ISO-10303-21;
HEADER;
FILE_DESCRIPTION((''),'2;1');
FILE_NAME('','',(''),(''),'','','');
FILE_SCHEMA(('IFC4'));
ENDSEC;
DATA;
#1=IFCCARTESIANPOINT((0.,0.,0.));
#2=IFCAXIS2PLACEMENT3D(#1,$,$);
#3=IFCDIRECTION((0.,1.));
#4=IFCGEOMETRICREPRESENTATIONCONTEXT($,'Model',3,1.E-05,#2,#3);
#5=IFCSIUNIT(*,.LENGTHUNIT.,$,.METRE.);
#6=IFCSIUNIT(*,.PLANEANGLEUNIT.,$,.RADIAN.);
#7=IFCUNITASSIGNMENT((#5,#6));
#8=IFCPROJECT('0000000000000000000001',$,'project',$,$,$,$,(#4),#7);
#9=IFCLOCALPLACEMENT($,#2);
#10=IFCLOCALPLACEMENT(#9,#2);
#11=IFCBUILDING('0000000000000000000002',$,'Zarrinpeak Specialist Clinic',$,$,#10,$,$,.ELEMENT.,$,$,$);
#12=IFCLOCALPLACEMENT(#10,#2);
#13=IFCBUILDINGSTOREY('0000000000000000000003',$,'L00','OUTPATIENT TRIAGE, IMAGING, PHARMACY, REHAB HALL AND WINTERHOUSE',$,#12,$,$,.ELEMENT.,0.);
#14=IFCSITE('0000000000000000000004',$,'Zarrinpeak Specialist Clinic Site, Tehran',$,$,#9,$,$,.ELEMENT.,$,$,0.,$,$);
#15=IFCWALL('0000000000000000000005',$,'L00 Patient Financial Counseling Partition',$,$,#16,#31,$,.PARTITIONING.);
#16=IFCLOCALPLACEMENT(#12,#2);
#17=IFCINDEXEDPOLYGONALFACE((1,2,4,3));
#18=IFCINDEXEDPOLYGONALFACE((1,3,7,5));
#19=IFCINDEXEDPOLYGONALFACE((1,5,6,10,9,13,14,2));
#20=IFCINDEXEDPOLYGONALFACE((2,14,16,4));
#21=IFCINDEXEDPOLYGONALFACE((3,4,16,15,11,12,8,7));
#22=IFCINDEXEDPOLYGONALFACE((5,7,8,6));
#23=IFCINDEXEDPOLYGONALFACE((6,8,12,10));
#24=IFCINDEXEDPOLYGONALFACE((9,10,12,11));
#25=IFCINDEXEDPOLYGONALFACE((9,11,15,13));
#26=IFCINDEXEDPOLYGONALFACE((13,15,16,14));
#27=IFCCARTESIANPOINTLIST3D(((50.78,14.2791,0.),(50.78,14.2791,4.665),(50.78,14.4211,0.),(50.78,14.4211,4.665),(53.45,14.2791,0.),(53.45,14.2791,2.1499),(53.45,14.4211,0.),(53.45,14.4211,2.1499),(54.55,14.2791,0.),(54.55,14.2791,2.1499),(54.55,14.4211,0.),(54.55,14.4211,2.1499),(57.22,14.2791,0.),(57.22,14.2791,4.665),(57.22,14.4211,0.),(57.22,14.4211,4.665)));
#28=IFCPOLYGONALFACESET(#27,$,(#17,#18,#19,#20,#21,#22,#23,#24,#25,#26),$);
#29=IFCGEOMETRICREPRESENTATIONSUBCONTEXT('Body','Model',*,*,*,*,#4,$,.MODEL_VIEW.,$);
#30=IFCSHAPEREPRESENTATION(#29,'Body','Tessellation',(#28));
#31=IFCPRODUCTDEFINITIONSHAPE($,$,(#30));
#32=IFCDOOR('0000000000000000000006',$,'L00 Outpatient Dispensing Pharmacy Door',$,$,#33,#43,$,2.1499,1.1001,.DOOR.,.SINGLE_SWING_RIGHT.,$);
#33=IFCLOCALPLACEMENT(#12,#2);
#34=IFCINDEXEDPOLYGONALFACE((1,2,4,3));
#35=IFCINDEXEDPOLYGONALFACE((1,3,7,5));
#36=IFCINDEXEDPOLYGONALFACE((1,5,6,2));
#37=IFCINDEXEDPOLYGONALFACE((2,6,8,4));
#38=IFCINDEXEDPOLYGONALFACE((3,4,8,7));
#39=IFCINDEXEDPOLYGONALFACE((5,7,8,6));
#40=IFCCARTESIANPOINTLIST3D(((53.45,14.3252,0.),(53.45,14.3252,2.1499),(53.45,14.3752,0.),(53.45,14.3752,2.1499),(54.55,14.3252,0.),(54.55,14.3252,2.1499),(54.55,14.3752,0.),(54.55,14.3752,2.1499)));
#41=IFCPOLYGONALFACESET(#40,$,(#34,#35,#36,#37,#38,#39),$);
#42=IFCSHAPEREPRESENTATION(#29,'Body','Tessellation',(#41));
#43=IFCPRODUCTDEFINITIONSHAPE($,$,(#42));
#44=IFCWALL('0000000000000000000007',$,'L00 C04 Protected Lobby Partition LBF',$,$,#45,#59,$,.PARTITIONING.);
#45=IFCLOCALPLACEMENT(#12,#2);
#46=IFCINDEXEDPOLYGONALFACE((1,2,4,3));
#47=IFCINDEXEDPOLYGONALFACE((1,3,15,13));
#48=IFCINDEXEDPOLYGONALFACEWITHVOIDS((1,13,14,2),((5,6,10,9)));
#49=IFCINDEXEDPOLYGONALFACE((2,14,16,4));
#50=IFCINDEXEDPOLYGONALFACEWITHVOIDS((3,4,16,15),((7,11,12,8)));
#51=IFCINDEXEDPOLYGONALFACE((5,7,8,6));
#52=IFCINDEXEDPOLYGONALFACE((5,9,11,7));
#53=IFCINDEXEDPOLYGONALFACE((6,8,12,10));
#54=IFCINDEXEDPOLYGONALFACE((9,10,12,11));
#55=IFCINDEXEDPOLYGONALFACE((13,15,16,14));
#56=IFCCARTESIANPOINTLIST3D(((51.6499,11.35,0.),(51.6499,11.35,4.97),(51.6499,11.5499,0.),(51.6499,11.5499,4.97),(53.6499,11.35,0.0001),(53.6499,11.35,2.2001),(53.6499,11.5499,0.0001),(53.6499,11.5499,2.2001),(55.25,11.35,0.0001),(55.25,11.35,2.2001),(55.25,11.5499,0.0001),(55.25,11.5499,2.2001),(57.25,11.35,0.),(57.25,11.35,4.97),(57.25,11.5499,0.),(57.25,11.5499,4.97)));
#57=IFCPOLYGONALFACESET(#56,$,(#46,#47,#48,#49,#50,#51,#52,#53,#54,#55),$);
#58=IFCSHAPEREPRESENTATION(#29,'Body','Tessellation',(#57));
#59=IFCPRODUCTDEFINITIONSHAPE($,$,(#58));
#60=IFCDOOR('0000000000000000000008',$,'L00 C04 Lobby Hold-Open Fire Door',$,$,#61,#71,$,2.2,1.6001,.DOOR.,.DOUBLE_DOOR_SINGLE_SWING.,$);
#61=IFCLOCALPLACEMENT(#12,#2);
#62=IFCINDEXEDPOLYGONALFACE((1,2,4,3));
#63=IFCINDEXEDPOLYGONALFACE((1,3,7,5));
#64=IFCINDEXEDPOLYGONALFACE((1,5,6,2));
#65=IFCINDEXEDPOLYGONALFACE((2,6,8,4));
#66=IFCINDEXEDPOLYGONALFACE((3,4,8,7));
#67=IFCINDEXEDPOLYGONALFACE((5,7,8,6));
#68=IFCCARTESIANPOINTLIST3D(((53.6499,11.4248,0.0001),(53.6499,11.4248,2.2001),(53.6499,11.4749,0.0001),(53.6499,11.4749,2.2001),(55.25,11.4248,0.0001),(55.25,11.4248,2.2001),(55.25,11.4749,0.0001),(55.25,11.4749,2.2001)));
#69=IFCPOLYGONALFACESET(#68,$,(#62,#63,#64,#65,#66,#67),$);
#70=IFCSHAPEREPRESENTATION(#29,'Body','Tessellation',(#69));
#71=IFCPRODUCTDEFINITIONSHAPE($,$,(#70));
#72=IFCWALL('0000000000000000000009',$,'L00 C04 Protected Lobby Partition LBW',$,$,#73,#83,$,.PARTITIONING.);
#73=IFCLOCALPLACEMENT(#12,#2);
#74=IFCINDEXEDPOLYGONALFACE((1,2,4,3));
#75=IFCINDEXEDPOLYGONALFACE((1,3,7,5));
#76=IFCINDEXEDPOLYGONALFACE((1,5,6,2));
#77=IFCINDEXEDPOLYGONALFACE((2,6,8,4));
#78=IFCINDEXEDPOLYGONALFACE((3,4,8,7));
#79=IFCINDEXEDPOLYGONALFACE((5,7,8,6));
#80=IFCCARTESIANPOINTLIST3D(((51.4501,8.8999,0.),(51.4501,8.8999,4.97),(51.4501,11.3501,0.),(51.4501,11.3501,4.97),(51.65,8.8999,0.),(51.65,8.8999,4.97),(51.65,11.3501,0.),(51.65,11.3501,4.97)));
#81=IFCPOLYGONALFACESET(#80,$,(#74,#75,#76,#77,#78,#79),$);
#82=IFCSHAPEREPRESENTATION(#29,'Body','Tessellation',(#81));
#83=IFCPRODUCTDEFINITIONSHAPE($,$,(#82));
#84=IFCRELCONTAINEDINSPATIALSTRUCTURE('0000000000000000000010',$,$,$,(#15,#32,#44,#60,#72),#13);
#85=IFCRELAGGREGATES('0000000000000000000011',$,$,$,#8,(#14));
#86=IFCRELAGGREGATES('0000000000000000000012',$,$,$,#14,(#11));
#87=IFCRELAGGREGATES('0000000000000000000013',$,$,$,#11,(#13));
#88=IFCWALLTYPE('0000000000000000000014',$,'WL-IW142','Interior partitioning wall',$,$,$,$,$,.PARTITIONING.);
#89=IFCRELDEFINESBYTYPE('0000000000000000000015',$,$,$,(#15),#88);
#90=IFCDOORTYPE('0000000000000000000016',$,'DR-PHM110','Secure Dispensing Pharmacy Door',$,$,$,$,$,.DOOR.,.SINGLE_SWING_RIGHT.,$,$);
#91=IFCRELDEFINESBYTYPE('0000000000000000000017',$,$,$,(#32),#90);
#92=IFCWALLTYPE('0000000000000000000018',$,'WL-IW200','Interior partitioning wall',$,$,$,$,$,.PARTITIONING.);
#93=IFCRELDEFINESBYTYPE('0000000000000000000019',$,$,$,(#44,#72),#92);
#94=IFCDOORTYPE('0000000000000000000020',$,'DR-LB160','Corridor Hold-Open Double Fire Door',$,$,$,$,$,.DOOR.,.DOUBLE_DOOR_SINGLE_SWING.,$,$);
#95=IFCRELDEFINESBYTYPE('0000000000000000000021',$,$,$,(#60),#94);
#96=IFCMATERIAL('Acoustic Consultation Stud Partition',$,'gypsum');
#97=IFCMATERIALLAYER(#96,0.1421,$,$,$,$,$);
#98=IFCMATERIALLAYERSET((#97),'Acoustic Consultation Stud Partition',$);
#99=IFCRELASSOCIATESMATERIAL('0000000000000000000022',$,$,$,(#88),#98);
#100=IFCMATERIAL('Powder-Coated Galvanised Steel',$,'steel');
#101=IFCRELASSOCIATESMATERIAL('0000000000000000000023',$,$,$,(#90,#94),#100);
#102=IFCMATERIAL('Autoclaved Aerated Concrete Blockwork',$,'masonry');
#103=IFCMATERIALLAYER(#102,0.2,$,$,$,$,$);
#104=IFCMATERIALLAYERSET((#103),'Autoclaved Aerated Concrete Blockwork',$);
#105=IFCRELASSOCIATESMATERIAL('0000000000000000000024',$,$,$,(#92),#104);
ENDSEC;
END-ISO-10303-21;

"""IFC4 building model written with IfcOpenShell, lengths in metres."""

from ifc_helpers import new_model, si_unit, direction, frame, frame_2d, origin, place, context, subcontext, project, spatial, rectangle, extrude, material, layer, layer_set, type_object, element, fill, save


model = new_model("IFC4")

# Units and contexts
model_context = context("Model", 3, precision=1e-05, world=origin(), true_north=direction((0.0, 1.0)))
body_context = subcontext(model_context, "Body", "Model", "MODEL_VIEW")
ifc_project = project(units=[si_unit("LENGTHUNIT", "METRE"), si_unit("PLANEANGLEUNIT", "RADIAN")], contexts=[model_context])

# Site, building, storey
site_placement = place(None, origin())
site = spatial("IfcSite", under=ifc_project, at=site_placement, Name="Zarrinpeak Specialist Clinic Site, Tehran", CompositionType="ELEMENT", RefElevation=0.0)
building_placement = place(site_placement, origin())
building = spatial("IfcBuilding", under=site, at=building_placement, Name="Zarrinpeak Specialist Clinic", CompositionType="ELEMENT")
storey_placement = place(building_placement, origin())
storey = spatial("IfcBuildingStorey", under=building, at=storey_placement, Name="L00", Description="OUTPATIENT TRIAGE, IMAGING, PHARMACY, REHAB HALL AND WINTERHOUSE", CompositionType="ELEMENT", Elevation=0.0)

# Walls, openings, doors
ifc_material_1 = material(Name="Acoustic Consultation Stud Partition", Category="gypsum")
ifc_layer_1 = layer(ifc_material_1, 0.1421)
ifc_layer_set_1 = layer_set([ifc_layer_1], Name="Acoustic Consultation Stud Partition")
wall_type_1 = type_object("IfcWallType", Name="WL-IW142", Description="Interior partitioning wall", PredefinedType="PARTITIONING", material=ifc_layer_set_1)
wall_1_placement = place(storey_placement, frame((50.78, 14.3501, 0.0), z_axis=(0.0, 0.0, 1.0), x_axis=(1.0, 0.0, 0.0)))
wall_1 = element("IfcWall", 1, at=wall_1_placement, inside=storey, type_object=wall_type_1, Name="L00 Patient Financial Counseling Partition", PredefinedType="PARTITIONING", context=body_context, shape_type="SweptSolid", body=[
    extrude(rectangle(XDim=6.4399, YDim=0.1421, at=frame_2d((3.22, 0.0))), origin(), (0.0, 0.0, 1.0), 4.665),
])
opening_1_placement = place(wall_1_placement, frame((2.6699, 0.0, 0.0)))
opening_1 = element("IfcOpeningElement", 2, at=opening_1_placement, cuts=wall_1, PredefinedType="OPENING", context=body_context, shape_type="SweptSolid", body=[
    extrude(rectangle(XDim=1.1001, YDim=2.1499, at=frame_2d((0.55, 1.075))), frame((0.0, 0.0811, 0.0), z_axis=(0.0, -1.0, 0.0), x_axis=(1.0, 0.0, 0.0)), (0.0, 0.0, 1.0), 0.1621),
])
ifc_material_2 = material(Name="Powder-Coated Galvanised Steel", Category="steel")
door_type_1 = type_object("IfcDoorType", Name="DR-PHM110", Description="Secure Dispensing Pharmacy Door", OperationType="SINGLE_SWING_RIGHT", PredefinedType="DOOR", material=ifc_material_2)
door_1_placement = place(opening_1_placement, frame((1.1001, 0.0, 0.0), z_axis=(0.0, 0.0, 1.0), x_axis=(-1.0, 0.0, 0.0)))
door_1 = element("IfcDoor", 3, at=door_1_placement, inside=storey, type_object=door_type_1, Name="L00 Outpatient Dispensing Pharmacy Door", OperationType="SINGLE_SWING_RIGHT", OverallHeight=2.1499, OverallWidth=1.1001, PredefinedType="DOOR", context=body_context, shape_type="SweptSolid", body=[
    extrude(rectangle(XDim=1.1001, YDim=2.1499, at=frame_2d((0.55, 1.075))), frame((0.0, 0.0249, 0.0), z_axis=(0.0, -1.0, 0.0), x_axis=(1.0, 0.0, 0.0)), (0.0, 0.0, 1.0), 0.05),
])
fill(opening_1, door_1)
ifc_material_3 = material(Name="Autoclaved Aerated Concrete Blockwork", Category="masonry")
ifc_layer_2 = layer(ifc_material_3, 0.2)
ifc_layer_set_2 = layer_set([ifc_layer_2], Name="Autoclaved Aerated Concrete Blockwork")
wall_type_2 = type_object("IfcWallType", Name="WL-IW200", Description="Interior partitioning wall", PredefinedType="PARTITIONING", material=ifc_layer_set_2)
wall_2_placement = place(storey_placement, frame((51.6499, 11.45, 0.0), z_axis=(0.0, 0.0, 1.0), x_axis=(1.0, 0.0, 0.0)))
wall_2 = element("IfcWall", 4, at=wall_2_placement, inside=storey, type_object=wall_type_2, Name="L00 C04 Protected Lobby Partition LBF", PredefinedType="PARTITIONING", context=body_context, shape_type="SweptSolid", body=[
    extrude(rectangle(XDim=5.6001, YDim=0.2, at=frame_2d((2.8, 0.0))), origin(), (0.0, 0.0, 1.0), 4.97),
])
opening_2_placement = place(wall_2_placement, frame((2.0, 0.0, 0.0)))
opening_2 = element("IfcOpeningElement", 5, at=opening_2_placement, cuts=wall_2, PredefinedType="OPENING", context=body_context, shape_type="SweptSolid", body=[
    extrude(rectangle(XDim=1.6001, YDim=2.2, at=frame_2d((0.8, 1.1001))), frame((0.0, 0.1099, 0.0), z_axis=(0.0, -1.0, 0.0), x_axis=(1.0, 0.0, 0.0)), (0.0, 0.0, 1.0), 0.22),
])
door_type_2 = type_object("IfcDoorType", Name="DR-LB160", Description="Corridor Hold-Open Double Fire Door", OperationType="DOUBLE_DOOR_SINGLE_SWING", PredefinedType="DOOR", material=ifc_material_2)
door_2_placement = place(opening_2_placement, origin())
door_2 = element("IfcDoor", 6, at=door_2_placement, inside=storey, type_object=door_type_2, Name="L00 C04 Lobby Hold-Open Fire Door", OperationType="DOUBLE_DOOR_SINGLE_SWING", OverallHeight=2.2, OverallWidth=1.6001, PredefinedType="DOOR", context=body_context, shape_type="SweptSolid", body=[
    extrude(rectangle(XDim=1.6001, YDim=2.2, at=frame_2d((0.8, 1.1001))), frame((0.0, 0.0249, 0.0), z_axis=(0.0, -1.0, 0.0), x_axis=(1.0, 0.0, 0.0)), (0.0, 0.0, 1.0), 0.05),
])
fill(opening_2, door_2)

# Wall
wall_3_placement = place(storey_placement, frame((51.55, 8.8999, 0.0), z_axis=(0.0, 0.0, 1.0), x_axis=(0.0, 1.0, 0.0)))
element("IfcWall", 7, at=wall_3_placement, inside=storey, type_object=wall_type_2, Name="L00 C04 Protected Lobby Partition LBW", PredefinedType="PARTITIONING", context=body_context, shape_type="SweptSolid", body=[
    extrude(rectangle(XDim=2.4502, YDim=0.2, at=frame_2d((1.2251, 0.0))), origin(), (0.0, 0.0, 1.0), 4.97),
])

save(model, "model.ifc")
